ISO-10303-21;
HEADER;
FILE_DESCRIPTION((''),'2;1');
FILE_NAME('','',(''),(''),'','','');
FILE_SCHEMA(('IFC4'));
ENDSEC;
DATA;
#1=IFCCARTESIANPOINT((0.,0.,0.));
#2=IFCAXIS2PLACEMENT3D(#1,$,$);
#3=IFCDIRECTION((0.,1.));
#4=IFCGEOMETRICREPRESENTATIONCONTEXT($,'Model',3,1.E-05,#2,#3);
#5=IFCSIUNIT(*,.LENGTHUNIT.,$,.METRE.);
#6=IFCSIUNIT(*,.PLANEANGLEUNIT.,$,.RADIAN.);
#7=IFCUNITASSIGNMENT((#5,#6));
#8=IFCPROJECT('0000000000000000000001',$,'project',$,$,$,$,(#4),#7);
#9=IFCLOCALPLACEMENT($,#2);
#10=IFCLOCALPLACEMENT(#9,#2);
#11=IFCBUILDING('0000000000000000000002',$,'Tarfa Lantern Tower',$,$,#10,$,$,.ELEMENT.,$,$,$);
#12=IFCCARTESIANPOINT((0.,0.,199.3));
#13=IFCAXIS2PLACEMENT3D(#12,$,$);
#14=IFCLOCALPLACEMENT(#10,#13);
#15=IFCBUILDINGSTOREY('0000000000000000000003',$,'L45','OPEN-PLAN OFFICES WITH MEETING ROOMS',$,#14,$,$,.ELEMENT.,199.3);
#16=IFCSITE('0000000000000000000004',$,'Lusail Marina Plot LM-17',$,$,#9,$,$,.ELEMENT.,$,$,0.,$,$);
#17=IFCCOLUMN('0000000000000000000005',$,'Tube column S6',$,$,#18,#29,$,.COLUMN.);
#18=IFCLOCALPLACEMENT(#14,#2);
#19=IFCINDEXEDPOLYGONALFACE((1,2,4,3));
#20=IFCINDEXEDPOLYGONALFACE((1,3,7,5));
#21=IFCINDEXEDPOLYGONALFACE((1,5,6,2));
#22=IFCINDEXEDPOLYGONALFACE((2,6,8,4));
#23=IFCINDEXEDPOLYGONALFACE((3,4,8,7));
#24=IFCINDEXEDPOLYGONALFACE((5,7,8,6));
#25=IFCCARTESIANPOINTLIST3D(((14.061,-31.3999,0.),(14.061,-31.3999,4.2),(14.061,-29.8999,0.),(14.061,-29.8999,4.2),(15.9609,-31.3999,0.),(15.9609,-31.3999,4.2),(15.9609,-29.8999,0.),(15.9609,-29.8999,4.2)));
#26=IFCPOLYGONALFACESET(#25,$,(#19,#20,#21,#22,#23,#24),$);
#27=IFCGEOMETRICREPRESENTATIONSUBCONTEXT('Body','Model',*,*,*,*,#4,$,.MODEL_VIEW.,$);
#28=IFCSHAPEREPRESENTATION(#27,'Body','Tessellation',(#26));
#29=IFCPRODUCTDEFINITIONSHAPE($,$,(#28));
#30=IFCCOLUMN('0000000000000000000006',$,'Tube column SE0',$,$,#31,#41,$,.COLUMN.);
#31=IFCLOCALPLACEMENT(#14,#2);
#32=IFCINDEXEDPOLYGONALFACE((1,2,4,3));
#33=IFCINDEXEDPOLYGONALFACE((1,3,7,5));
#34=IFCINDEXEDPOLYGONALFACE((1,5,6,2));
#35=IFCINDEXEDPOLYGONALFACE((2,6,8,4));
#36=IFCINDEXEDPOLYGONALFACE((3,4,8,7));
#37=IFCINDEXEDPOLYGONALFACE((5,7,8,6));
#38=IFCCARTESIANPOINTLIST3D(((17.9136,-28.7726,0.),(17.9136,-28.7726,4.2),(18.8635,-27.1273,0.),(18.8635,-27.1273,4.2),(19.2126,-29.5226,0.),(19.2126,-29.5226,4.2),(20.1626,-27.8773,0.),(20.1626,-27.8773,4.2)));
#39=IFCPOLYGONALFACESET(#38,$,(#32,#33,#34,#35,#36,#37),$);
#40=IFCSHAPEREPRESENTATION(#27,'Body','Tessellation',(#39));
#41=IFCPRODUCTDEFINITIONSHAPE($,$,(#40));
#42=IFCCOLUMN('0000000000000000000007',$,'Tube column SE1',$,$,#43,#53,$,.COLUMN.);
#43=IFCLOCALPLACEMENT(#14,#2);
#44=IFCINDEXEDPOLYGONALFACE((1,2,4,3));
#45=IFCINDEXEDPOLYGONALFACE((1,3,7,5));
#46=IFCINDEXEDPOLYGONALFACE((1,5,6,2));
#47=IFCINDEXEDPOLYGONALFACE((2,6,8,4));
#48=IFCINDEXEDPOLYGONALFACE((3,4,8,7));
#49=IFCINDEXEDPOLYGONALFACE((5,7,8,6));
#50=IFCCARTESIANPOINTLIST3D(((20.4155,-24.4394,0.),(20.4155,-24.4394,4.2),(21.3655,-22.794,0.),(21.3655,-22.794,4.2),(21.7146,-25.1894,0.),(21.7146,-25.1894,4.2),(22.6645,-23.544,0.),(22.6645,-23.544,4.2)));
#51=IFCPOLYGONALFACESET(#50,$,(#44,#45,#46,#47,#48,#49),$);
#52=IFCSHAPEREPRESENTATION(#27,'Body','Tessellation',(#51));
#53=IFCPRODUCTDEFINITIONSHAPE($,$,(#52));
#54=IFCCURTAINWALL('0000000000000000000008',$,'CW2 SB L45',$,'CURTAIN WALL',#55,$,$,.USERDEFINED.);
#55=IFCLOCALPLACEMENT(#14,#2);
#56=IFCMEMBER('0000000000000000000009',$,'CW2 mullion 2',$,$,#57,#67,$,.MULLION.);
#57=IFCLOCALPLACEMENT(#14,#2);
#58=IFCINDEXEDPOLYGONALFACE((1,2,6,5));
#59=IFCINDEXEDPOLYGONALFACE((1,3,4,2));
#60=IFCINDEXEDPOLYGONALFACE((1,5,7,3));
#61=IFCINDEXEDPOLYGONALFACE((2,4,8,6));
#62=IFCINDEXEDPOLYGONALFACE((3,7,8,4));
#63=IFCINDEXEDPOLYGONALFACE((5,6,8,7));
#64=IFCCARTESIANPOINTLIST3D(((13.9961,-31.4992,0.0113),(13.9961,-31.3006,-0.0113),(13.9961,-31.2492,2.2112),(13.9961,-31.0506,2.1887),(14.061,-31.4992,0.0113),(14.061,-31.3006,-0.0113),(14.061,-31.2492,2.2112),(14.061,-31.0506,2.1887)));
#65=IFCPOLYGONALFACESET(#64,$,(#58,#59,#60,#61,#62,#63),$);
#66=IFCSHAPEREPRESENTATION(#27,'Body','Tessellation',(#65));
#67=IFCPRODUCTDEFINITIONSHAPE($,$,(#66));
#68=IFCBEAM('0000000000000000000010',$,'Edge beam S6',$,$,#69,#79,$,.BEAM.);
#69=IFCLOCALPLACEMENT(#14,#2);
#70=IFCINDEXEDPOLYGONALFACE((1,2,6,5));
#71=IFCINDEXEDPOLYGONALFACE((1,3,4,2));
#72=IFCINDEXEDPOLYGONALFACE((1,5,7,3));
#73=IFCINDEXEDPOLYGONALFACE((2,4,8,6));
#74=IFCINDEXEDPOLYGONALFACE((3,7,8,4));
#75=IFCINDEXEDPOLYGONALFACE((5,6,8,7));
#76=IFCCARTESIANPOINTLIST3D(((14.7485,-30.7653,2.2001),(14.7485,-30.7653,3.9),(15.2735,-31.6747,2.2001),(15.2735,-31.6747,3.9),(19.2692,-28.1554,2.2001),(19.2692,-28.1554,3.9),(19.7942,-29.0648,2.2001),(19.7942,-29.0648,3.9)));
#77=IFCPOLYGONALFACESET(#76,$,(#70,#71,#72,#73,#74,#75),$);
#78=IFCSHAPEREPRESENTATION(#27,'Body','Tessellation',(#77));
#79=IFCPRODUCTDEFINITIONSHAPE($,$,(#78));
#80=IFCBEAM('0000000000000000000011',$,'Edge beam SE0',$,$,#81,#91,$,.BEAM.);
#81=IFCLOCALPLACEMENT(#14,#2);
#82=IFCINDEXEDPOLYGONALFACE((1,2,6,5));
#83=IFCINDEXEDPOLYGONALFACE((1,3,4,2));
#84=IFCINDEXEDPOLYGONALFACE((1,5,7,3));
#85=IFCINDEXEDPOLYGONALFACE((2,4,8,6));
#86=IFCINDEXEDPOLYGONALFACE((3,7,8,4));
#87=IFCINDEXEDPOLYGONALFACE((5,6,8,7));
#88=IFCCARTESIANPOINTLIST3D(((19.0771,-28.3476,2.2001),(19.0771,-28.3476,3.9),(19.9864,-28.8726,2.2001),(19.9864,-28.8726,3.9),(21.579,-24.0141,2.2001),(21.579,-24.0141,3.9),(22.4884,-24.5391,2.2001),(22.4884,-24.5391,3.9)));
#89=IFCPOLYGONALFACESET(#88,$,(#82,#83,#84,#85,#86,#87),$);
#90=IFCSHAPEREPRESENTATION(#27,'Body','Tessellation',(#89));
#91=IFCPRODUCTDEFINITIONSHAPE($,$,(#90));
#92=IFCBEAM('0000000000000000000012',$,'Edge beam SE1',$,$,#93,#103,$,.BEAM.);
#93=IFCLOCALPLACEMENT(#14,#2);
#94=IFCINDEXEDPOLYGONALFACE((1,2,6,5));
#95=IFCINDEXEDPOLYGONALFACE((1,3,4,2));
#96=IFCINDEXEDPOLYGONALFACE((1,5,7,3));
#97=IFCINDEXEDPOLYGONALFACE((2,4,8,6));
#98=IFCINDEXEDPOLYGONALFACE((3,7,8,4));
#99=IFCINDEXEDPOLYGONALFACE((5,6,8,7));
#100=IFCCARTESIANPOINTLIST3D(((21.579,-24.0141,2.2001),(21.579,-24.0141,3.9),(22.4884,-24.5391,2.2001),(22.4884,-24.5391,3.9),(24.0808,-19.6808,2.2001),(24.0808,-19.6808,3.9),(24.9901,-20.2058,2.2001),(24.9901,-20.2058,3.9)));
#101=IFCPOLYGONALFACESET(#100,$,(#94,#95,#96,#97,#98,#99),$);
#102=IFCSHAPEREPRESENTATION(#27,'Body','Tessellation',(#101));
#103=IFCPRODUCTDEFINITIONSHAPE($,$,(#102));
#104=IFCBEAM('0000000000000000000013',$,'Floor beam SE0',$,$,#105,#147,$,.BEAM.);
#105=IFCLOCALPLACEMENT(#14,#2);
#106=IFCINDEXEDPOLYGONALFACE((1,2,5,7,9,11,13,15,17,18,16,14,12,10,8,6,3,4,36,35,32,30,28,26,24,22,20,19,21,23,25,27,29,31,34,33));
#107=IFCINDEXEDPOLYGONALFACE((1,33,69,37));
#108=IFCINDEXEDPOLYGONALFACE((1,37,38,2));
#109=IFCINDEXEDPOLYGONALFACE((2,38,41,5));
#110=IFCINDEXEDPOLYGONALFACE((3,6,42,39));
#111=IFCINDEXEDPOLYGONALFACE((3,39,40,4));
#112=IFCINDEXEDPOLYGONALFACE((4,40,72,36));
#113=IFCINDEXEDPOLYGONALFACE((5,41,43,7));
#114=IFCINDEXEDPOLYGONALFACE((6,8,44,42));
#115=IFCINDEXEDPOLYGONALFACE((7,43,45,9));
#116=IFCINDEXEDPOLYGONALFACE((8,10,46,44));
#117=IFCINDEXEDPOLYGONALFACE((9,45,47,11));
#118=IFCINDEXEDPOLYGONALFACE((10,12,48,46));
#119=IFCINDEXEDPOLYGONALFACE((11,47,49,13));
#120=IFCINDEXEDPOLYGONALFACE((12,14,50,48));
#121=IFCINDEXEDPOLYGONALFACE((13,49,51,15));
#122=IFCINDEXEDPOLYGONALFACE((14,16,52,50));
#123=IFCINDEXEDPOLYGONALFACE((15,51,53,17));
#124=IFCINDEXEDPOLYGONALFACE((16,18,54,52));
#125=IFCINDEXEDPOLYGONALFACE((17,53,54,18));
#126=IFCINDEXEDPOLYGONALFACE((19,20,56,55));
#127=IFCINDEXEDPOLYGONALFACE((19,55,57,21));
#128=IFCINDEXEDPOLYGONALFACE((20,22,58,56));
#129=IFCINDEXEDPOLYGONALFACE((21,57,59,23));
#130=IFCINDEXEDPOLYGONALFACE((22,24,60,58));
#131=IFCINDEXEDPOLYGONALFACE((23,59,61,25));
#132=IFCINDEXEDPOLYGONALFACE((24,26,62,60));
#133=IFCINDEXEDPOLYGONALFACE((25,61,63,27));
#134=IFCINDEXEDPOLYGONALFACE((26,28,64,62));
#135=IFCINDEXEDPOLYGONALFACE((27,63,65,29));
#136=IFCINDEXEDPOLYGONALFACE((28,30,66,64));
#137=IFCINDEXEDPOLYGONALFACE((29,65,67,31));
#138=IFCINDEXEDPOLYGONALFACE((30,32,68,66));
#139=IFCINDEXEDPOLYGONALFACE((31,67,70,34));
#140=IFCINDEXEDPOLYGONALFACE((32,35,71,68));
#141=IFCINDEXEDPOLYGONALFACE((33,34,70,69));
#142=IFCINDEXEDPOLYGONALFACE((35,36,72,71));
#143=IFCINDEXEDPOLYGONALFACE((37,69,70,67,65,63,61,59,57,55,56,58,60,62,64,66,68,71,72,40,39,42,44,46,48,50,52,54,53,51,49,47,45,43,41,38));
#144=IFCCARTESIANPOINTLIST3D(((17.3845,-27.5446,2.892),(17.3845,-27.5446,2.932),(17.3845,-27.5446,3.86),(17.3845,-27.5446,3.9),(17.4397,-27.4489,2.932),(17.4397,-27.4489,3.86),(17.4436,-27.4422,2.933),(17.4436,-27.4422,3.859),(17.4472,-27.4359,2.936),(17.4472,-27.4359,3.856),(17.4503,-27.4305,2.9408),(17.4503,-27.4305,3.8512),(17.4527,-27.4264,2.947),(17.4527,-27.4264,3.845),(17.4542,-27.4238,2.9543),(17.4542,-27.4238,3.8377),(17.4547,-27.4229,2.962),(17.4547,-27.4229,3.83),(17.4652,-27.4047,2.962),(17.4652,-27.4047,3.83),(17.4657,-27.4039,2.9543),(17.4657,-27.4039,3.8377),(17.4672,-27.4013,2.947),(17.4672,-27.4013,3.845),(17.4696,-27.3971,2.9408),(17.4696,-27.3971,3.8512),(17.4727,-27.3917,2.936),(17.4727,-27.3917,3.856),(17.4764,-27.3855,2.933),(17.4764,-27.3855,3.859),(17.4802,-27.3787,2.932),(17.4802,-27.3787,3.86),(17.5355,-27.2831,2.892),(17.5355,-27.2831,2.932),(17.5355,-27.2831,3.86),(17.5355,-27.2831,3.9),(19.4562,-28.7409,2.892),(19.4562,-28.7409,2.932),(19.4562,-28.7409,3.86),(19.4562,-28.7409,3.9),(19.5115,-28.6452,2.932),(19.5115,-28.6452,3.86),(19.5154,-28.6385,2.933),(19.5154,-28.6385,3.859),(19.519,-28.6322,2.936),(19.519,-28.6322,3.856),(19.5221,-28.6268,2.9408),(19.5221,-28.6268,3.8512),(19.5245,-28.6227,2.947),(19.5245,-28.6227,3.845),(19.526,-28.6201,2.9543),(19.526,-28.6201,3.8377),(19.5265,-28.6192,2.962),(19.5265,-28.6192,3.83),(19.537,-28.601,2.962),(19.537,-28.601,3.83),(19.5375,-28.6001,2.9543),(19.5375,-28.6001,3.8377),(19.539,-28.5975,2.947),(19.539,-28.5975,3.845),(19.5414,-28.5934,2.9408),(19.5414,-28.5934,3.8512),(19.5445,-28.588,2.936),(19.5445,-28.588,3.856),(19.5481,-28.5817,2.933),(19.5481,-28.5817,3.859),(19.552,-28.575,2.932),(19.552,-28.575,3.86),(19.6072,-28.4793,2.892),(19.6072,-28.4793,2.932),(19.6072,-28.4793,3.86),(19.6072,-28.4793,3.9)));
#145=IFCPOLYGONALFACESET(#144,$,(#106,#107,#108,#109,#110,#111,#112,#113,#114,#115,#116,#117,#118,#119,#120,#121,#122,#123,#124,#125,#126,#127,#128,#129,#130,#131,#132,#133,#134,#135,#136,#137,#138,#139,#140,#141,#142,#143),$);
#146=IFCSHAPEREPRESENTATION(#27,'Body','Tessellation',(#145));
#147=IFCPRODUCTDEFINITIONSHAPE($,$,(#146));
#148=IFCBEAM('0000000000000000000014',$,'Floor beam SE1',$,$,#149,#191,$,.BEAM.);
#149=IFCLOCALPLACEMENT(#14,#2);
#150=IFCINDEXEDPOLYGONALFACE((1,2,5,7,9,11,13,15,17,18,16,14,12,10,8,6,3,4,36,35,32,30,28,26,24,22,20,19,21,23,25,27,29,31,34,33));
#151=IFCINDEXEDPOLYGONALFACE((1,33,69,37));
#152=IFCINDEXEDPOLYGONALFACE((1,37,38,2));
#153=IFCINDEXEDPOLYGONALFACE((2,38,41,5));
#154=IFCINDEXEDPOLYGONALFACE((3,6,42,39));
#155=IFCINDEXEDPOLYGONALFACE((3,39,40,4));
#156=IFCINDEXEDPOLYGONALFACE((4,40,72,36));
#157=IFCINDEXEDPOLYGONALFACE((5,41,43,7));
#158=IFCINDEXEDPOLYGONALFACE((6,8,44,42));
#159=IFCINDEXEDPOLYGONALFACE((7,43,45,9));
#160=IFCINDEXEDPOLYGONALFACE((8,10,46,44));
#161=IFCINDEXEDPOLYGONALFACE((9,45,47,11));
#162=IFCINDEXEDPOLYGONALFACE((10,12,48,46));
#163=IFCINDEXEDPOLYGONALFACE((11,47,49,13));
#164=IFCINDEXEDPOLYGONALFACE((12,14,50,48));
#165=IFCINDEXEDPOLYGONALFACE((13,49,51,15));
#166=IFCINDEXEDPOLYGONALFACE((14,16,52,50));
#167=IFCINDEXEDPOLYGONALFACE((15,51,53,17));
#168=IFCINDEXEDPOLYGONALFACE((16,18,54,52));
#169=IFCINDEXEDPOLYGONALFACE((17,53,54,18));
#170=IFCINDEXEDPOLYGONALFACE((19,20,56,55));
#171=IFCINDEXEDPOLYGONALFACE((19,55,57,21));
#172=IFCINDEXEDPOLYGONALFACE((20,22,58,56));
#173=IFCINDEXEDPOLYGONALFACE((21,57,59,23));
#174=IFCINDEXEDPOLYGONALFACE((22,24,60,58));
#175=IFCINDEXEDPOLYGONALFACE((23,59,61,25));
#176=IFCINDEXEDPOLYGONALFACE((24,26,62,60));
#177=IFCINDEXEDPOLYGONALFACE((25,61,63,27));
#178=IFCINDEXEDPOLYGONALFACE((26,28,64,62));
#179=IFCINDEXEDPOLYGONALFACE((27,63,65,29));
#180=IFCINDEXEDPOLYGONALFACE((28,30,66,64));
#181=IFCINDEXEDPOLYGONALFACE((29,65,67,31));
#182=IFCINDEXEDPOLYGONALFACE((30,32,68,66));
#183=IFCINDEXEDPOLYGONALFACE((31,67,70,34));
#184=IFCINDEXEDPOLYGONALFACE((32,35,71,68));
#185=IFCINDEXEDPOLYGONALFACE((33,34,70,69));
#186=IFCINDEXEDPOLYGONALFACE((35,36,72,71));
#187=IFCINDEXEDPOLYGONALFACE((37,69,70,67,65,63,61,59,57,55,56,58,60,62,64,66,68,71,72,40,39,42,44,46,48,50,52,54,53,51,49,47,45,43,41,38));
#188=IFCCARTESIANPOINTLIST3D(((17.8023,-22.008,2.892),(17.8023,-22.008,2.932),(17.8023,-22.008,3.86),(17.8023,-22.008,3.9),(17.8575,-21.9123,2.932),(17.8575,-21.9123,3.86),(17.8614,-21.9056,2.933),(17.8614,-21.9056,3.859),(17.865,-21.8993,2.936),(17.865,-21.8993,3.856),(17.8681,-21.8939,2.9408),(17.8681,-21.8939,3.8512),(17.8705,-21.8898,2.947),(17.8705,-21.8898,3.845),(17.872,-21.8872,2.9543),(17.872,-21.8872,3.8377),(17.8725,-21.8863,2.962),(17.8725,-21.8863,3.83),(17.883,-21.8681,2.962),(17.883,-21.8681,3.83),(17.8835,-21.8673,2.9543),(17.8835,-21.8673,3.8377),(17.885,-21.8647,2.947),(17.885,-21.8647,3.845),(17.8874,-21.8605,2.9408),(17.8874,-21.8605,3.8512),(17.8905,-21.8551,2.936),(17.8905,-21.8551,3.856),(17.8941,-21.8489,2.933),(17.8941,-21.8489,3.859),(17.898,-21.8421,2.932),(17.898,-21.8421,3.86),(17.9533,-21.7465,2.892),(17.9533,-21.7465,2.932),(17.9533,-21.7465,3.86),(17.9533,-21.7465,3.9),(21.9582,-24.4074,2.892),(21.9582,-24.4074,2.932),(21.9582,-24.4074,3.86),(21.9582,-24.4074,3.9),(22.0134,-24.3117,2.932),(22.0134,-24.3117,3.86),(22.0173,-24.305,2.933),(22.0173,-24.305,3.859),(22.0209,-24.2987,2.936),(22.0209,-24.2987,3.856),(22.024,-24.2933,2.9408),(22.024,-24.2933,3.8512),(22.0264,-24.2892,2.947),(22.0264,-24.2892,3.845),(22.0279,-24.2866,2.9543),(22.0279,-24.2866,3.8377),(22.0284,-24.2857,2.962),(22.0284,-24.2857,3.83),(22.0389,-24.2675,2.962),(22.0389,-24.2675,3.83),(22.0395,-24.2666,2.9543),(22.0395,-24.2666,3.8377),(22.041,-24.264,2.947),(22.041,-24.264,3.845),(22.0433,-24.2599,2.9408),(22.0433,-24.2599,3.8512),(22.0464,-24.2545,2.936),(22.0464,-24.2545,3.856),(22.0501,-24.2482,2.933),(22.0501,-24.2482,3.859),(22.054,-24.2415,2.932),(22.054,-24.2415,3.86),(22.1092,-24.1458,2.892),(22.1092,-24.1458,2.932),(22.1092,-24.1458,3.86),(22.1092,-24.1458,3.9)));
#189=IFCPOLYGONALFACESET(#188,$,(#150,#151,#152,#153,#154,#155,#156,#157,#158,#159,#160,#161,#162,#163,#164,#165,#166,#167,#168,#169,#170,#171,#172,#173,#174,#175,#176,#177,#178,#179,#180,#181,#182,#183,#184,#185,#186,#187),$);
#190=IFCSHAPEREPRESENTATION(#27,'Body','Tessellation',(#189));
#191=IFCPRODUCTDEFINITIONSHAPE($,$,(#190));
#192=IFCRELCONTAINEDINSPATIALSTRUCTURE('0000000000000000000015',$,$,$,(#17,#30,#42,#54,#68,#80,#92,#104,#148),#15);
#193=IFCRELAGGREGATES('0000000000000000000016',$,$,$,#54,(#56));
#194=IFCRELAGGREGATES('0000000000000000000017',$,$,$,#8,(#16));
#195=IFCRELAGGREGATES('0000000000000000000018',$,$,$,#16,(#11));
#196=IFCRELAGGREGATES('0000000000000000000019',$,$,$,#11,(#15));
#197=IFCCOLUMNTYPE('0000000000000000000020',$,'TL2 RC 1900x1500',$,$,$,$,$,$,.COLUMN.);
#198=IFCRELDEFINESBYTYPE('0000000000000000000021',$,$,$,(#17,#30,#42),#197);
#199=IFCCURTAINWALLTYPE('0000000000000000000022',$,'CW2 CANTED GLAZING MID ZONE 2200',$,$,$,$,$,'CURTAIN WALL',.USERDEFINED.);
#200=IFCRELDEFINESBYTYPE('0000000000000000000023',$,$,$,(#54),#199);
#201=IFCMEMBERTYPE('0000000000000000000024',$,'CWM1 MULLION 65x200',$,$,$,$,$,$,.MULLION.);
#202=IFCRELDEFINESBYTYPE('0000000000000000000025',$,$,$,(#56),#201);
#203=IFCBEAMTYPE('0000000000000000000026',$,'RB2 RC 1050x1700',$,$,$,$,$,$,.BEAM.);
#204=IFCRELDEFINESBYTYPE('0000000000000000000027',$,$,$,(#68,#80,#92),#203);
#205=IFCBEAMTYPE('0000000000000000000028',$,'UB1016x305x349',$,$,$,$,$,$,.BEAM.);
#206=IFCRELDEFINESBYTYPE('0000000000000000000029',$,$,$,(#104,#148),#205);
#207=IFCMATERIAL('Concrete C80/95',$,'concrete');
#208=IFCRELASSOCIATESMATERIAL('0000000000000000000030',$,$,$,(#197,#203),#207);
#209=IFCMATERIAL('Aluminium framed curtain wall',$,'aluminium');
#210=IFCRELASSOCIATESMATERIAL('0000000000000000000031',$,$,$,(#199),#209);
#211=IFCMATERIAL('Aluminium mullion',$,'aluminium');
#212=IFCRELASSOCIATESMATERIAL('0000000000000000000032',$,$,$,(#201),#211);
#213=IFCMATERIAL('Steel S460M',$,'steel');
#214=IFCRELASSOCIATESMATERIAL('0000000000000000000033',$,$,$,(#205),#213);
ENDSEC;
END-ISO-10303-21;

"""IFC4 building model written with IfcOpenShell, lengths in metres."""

from ifc_helpers import new_model, si_unit, direction, frame, origin, origin_2d, place, context, subcontext, project, spatial, rectangle, i_section, extrude, material, material_profile, profile_set, type_object, element, aggregate, save


model = new_model("IFC4")

# Units and contexts
model_context = context("Model", 3, precision=1e-05, world=origin(), true_north=direction((0.0, 1.0)))
body_context = subcontext(model_context, "Body", "Model", "MODEL_VIEW")
ifc_project = project(units=[si_unit("LENGTHUNIT", "METRE"), si_unit("PLANEANGLEUNIT", "RADIAN")], contexts=[model_context])

# Site, building, storey
site_placement = place(None, origin())
site = spatial("IfcSite", under=ifc_project, at=site_placement, Name="Lusail Marina Plot LM-17", CompositionType="ELEMENT", RefElevation=0.0)
building_placement = place(site_placement, origin())
building = spatial("IfcBuilding", under=site, at=building_placement, Name="Tarfa Lantern Tower", CompositionType="ELEMENT")
storey_placement = place(building_placement, frame((0.0, 0.0, 199.3)))
storey = spatial("IfcBuildingStorey", under=building, at=storey_placement, Name="L45", Description="OPEN-PLAN OFFICES WITH MEETING ROOMS", CompositionType="ELEMENT", Elevation=199.3)

# Columns
ifc_material_1 = material(Name="Concrete C80/95", Category="concrete")
ifc_material_profile_1 = material_profile(ifc_material_1, rectangle(XDim=1.8999, YDim=1.5, at=origin_2d()), Name="RC 1900x1500")
ifc_profile_set_1 = profile_set([ifc_material_profile_1], Name="Concrete C80/95")
column_type = type_object("IfcColumnType", Name="TL2 RC 1900x1500", PredefinedType="COLUMN", material=ifc_profile_set_1)
for number, where, z_axis, x_axis, name in (
    (1, (15.011, -30.6499, 0.0), (0.0, 0.0, 1.0), (1.0, 0.0, 0.0), "Tube column S6"),
    (2, (19.0381, -28.325, 0.0), (0.0, 0.0, 1.0), (0.5, 0.866025, 0.0), "Tube column SE0"),
    (3, (21.54, -23.9917, 0.0), (0.0, 0.0, 1.0), (0.5, 0.866025, 0.0), "Tube column SE1"),
):
    element("IfcColumn", number, at=place(storey_placement, frame(where, z_axis=z_axis, x_axis=x_axis)), inside=storey, type_object=column_type, Name=name, PredefinedType="COLUMN", context=body_context, shape_type="SweptSolid", body=[
        extrude(rectangle(XDim=1.8999, YDim=1.5, at=origin_2d()), origin(), (0.0, 0.0, 1.0), 4.2),
    ])

# Curtain wall, member
ifc_material_2 = material(Name="Aluminium framed curtain wall", Category="aluminium")
curtain_wall_type = type_object("IfcCurtainWallType", Name="CW2 CANTED GLAZING MID ZONE 2200", ElementType="CURTAIN WALL", PredefinedType="USERDEFINED", material=ifc_material_2)
curtain_wall_placement = place(storey_placement, origin())
curtain_wall = element("IfcCurtainWall", 4, at=curtain_wall_placement, inside=storey, type_object=curtain_wall_type, Name="CW2 SB L45", ObjectType="CURTAIN WALL", PredefinedType="USERDEFINED")
ifc_material_3 = material(Name="Aluminium mullion", Category="aluminium")
ifc_material_profile_2 = material_profile(ifc_material_3, rectangle(XDim=0.0649, YDim=0.2, at=origin_2d()), Name="AL MULLION 65x200")
ifc_profile_set_2 = profile_set([ifc_material_profile_2], Name="Aluminium mullion")
member_type = type_object("IfcMemberType", Name="CWM1 MULLION 65x200", PredefinedType="MULLION", material=ifc_profile_set_2)
member_placement = place(storey_placement, frame((14.0286, -31.3999, 0.0), z_axis=(0.0, 0.112912, 0.993605), x_axis=(-1.0, 0.0, 0.0)))
member = element("IfcMember", 5, at=member_placement, type_object=member_type, Name="CW2 mullion 2", PredefinedType="MULLION", context=body_context, shape_type="SweptSolid", body=[
    extrude(rectangle(XDim=0.0649, YDim=0.2, at=origin_2d()), origin(), (0.0, 0.0, 1.0), 2.2141),
])
aggregate(curtain_wall, [member])

# Beams
ifc_material_profile_3 = material_profile(ifc_material_1, rectangle(XDim=1.05, YDim=1.7, at=origin_2d()), Name="RC 1050x1700")
ifc_profile_set_3 = profile_set([ifc_material_profile_3], Name="Concrete C80/95")
beam_type_1 = type_object("IfcBeamType", Name="RB2 RC 1050x1700", PredefinedType="BEAM", material=ifc_profile_set_3)
beam_1_placement = place(storey_placement, frame((15.011, -31.22, 3.05), z_axis=(0.866042, 0.499972, 0.0), x_axis=(-0.499972, 0.866042, 0.0)))
element("IfcBeam", 6, at=beam_1_placement, inside=storey, type_object=beam_type_1, Name="Edge beam S6", PredefinedType="BEAM", context=body_context, shape_type="SweptSolid", body=[
    extrude(rectangle(XDim=1.05, YDim=1.7, at=origin_2d()), origin(), (0.0, 0.0, 1.0), 5.22),
])
beam_2_placement = place(storey_placement, frame((19.5317, -28.6101, 3.05), z_axis=(0.500001, 0.866025, 0.0), x_axis=(-0.866025, 0.500001, 0.0)))
element("IfcBeam", 7, at=beam_2_placement, inside=storey, type_object=beam_type_1, Name="Edge beam SE0", PredefinedType="BEAM", context=body_context, shape_type="SweptSolid", body=[
    extrude(rectangle(XDim=1.05, YDim=1.7, at=origin_2d()), origin(), (0.0, 0.0, 1.0), 5.0039),
])
beam_3_placement = place(storey_placement, frame((22.0337, -24.2766, 3.05), z_axis=(0.499986, 0.866034, 0.0), x_axis=(-0.866034, 0.499986, 0.0)))
element("IfcBeam", 8, at=beam_3_placement, inside=storey, type_object=beam_type_1, Name="Edge beam SE1", PredefinedType="BEAM", context=body_context, shape_type="SweptSolid", body=[
    extrude(rectangle(XDim=1.05, YDim=1.7, at=origin_2d()), origin(), (0.0, 0.0, 1.0), 5.0037),
])
ifc_material_4 = material(Name="Steel S460M", Category="steel")
ifc_material_profile_4 = material_profile(ifc_material_4, i_section(OverallWidth=0.302, OverallDepth=1.0081, WebThickness=0.021, FlangeThickness=0.04, FilletRadius=0.03, at=origin_2d()), Name="UB1016x305x349")
ifc_profile_set_4 = profile_set([ifc_material_profile_4], Name="Steel S460M")
beam_type_2 = type_object("IfcBeamType", Name="UB1016x305x349", PredefinedType="BEAM", material=ifc_profile_set_4)
beam_4_placement = place(storey_placement, frame((19.5317, -28.6101, 3.396), z_axis=(-0.865999, 0.500046, 0.0), x_axis=(-0.500046, -0.865999, 0.0)))
element("IfcBeam", 9, at=beam_4_placement, inside=storey, type_object=beam_type_2, Name="Floor beam SE0", PredefinedType="BEAM", context=body_context, shape_type="SweptSolid", body=[
    extrude(i_section(OverallWidth=0.302, OverallDepth=1.0081, WebThickness=0.021, FlangeThickness=0.04, FilletRadius=0.03, at=origin_2d()), origin(), (0.0, 0.0, 1.0), 2.3923),
])
beam_5_placement = place(storey_placement, frame((22.0337, -24.2766, 3.396), z_axis=(-0.866031, 0.499991, 0.0), x_axis=(-0.499991, -0.866031, 0.0)))
element("IfcBeam", 10, at=beam_5_placement, inside=storey, type_object=beam_type_2, Name="Floor beam SE1", PredefinedType="BEAM", context=body_context, shape_type="SweptSolid", body=[
    extrude(i_section(OverallWidth=0.302, OverallDepth=1.0081, WebThickness=0.021, FlangeThickness=0.04, FilletRadius=0.03, at=origin_2d()), origin(), (0.0, 0.0, 1.0), 4.7988),
])

save(model, "model.ifc")
